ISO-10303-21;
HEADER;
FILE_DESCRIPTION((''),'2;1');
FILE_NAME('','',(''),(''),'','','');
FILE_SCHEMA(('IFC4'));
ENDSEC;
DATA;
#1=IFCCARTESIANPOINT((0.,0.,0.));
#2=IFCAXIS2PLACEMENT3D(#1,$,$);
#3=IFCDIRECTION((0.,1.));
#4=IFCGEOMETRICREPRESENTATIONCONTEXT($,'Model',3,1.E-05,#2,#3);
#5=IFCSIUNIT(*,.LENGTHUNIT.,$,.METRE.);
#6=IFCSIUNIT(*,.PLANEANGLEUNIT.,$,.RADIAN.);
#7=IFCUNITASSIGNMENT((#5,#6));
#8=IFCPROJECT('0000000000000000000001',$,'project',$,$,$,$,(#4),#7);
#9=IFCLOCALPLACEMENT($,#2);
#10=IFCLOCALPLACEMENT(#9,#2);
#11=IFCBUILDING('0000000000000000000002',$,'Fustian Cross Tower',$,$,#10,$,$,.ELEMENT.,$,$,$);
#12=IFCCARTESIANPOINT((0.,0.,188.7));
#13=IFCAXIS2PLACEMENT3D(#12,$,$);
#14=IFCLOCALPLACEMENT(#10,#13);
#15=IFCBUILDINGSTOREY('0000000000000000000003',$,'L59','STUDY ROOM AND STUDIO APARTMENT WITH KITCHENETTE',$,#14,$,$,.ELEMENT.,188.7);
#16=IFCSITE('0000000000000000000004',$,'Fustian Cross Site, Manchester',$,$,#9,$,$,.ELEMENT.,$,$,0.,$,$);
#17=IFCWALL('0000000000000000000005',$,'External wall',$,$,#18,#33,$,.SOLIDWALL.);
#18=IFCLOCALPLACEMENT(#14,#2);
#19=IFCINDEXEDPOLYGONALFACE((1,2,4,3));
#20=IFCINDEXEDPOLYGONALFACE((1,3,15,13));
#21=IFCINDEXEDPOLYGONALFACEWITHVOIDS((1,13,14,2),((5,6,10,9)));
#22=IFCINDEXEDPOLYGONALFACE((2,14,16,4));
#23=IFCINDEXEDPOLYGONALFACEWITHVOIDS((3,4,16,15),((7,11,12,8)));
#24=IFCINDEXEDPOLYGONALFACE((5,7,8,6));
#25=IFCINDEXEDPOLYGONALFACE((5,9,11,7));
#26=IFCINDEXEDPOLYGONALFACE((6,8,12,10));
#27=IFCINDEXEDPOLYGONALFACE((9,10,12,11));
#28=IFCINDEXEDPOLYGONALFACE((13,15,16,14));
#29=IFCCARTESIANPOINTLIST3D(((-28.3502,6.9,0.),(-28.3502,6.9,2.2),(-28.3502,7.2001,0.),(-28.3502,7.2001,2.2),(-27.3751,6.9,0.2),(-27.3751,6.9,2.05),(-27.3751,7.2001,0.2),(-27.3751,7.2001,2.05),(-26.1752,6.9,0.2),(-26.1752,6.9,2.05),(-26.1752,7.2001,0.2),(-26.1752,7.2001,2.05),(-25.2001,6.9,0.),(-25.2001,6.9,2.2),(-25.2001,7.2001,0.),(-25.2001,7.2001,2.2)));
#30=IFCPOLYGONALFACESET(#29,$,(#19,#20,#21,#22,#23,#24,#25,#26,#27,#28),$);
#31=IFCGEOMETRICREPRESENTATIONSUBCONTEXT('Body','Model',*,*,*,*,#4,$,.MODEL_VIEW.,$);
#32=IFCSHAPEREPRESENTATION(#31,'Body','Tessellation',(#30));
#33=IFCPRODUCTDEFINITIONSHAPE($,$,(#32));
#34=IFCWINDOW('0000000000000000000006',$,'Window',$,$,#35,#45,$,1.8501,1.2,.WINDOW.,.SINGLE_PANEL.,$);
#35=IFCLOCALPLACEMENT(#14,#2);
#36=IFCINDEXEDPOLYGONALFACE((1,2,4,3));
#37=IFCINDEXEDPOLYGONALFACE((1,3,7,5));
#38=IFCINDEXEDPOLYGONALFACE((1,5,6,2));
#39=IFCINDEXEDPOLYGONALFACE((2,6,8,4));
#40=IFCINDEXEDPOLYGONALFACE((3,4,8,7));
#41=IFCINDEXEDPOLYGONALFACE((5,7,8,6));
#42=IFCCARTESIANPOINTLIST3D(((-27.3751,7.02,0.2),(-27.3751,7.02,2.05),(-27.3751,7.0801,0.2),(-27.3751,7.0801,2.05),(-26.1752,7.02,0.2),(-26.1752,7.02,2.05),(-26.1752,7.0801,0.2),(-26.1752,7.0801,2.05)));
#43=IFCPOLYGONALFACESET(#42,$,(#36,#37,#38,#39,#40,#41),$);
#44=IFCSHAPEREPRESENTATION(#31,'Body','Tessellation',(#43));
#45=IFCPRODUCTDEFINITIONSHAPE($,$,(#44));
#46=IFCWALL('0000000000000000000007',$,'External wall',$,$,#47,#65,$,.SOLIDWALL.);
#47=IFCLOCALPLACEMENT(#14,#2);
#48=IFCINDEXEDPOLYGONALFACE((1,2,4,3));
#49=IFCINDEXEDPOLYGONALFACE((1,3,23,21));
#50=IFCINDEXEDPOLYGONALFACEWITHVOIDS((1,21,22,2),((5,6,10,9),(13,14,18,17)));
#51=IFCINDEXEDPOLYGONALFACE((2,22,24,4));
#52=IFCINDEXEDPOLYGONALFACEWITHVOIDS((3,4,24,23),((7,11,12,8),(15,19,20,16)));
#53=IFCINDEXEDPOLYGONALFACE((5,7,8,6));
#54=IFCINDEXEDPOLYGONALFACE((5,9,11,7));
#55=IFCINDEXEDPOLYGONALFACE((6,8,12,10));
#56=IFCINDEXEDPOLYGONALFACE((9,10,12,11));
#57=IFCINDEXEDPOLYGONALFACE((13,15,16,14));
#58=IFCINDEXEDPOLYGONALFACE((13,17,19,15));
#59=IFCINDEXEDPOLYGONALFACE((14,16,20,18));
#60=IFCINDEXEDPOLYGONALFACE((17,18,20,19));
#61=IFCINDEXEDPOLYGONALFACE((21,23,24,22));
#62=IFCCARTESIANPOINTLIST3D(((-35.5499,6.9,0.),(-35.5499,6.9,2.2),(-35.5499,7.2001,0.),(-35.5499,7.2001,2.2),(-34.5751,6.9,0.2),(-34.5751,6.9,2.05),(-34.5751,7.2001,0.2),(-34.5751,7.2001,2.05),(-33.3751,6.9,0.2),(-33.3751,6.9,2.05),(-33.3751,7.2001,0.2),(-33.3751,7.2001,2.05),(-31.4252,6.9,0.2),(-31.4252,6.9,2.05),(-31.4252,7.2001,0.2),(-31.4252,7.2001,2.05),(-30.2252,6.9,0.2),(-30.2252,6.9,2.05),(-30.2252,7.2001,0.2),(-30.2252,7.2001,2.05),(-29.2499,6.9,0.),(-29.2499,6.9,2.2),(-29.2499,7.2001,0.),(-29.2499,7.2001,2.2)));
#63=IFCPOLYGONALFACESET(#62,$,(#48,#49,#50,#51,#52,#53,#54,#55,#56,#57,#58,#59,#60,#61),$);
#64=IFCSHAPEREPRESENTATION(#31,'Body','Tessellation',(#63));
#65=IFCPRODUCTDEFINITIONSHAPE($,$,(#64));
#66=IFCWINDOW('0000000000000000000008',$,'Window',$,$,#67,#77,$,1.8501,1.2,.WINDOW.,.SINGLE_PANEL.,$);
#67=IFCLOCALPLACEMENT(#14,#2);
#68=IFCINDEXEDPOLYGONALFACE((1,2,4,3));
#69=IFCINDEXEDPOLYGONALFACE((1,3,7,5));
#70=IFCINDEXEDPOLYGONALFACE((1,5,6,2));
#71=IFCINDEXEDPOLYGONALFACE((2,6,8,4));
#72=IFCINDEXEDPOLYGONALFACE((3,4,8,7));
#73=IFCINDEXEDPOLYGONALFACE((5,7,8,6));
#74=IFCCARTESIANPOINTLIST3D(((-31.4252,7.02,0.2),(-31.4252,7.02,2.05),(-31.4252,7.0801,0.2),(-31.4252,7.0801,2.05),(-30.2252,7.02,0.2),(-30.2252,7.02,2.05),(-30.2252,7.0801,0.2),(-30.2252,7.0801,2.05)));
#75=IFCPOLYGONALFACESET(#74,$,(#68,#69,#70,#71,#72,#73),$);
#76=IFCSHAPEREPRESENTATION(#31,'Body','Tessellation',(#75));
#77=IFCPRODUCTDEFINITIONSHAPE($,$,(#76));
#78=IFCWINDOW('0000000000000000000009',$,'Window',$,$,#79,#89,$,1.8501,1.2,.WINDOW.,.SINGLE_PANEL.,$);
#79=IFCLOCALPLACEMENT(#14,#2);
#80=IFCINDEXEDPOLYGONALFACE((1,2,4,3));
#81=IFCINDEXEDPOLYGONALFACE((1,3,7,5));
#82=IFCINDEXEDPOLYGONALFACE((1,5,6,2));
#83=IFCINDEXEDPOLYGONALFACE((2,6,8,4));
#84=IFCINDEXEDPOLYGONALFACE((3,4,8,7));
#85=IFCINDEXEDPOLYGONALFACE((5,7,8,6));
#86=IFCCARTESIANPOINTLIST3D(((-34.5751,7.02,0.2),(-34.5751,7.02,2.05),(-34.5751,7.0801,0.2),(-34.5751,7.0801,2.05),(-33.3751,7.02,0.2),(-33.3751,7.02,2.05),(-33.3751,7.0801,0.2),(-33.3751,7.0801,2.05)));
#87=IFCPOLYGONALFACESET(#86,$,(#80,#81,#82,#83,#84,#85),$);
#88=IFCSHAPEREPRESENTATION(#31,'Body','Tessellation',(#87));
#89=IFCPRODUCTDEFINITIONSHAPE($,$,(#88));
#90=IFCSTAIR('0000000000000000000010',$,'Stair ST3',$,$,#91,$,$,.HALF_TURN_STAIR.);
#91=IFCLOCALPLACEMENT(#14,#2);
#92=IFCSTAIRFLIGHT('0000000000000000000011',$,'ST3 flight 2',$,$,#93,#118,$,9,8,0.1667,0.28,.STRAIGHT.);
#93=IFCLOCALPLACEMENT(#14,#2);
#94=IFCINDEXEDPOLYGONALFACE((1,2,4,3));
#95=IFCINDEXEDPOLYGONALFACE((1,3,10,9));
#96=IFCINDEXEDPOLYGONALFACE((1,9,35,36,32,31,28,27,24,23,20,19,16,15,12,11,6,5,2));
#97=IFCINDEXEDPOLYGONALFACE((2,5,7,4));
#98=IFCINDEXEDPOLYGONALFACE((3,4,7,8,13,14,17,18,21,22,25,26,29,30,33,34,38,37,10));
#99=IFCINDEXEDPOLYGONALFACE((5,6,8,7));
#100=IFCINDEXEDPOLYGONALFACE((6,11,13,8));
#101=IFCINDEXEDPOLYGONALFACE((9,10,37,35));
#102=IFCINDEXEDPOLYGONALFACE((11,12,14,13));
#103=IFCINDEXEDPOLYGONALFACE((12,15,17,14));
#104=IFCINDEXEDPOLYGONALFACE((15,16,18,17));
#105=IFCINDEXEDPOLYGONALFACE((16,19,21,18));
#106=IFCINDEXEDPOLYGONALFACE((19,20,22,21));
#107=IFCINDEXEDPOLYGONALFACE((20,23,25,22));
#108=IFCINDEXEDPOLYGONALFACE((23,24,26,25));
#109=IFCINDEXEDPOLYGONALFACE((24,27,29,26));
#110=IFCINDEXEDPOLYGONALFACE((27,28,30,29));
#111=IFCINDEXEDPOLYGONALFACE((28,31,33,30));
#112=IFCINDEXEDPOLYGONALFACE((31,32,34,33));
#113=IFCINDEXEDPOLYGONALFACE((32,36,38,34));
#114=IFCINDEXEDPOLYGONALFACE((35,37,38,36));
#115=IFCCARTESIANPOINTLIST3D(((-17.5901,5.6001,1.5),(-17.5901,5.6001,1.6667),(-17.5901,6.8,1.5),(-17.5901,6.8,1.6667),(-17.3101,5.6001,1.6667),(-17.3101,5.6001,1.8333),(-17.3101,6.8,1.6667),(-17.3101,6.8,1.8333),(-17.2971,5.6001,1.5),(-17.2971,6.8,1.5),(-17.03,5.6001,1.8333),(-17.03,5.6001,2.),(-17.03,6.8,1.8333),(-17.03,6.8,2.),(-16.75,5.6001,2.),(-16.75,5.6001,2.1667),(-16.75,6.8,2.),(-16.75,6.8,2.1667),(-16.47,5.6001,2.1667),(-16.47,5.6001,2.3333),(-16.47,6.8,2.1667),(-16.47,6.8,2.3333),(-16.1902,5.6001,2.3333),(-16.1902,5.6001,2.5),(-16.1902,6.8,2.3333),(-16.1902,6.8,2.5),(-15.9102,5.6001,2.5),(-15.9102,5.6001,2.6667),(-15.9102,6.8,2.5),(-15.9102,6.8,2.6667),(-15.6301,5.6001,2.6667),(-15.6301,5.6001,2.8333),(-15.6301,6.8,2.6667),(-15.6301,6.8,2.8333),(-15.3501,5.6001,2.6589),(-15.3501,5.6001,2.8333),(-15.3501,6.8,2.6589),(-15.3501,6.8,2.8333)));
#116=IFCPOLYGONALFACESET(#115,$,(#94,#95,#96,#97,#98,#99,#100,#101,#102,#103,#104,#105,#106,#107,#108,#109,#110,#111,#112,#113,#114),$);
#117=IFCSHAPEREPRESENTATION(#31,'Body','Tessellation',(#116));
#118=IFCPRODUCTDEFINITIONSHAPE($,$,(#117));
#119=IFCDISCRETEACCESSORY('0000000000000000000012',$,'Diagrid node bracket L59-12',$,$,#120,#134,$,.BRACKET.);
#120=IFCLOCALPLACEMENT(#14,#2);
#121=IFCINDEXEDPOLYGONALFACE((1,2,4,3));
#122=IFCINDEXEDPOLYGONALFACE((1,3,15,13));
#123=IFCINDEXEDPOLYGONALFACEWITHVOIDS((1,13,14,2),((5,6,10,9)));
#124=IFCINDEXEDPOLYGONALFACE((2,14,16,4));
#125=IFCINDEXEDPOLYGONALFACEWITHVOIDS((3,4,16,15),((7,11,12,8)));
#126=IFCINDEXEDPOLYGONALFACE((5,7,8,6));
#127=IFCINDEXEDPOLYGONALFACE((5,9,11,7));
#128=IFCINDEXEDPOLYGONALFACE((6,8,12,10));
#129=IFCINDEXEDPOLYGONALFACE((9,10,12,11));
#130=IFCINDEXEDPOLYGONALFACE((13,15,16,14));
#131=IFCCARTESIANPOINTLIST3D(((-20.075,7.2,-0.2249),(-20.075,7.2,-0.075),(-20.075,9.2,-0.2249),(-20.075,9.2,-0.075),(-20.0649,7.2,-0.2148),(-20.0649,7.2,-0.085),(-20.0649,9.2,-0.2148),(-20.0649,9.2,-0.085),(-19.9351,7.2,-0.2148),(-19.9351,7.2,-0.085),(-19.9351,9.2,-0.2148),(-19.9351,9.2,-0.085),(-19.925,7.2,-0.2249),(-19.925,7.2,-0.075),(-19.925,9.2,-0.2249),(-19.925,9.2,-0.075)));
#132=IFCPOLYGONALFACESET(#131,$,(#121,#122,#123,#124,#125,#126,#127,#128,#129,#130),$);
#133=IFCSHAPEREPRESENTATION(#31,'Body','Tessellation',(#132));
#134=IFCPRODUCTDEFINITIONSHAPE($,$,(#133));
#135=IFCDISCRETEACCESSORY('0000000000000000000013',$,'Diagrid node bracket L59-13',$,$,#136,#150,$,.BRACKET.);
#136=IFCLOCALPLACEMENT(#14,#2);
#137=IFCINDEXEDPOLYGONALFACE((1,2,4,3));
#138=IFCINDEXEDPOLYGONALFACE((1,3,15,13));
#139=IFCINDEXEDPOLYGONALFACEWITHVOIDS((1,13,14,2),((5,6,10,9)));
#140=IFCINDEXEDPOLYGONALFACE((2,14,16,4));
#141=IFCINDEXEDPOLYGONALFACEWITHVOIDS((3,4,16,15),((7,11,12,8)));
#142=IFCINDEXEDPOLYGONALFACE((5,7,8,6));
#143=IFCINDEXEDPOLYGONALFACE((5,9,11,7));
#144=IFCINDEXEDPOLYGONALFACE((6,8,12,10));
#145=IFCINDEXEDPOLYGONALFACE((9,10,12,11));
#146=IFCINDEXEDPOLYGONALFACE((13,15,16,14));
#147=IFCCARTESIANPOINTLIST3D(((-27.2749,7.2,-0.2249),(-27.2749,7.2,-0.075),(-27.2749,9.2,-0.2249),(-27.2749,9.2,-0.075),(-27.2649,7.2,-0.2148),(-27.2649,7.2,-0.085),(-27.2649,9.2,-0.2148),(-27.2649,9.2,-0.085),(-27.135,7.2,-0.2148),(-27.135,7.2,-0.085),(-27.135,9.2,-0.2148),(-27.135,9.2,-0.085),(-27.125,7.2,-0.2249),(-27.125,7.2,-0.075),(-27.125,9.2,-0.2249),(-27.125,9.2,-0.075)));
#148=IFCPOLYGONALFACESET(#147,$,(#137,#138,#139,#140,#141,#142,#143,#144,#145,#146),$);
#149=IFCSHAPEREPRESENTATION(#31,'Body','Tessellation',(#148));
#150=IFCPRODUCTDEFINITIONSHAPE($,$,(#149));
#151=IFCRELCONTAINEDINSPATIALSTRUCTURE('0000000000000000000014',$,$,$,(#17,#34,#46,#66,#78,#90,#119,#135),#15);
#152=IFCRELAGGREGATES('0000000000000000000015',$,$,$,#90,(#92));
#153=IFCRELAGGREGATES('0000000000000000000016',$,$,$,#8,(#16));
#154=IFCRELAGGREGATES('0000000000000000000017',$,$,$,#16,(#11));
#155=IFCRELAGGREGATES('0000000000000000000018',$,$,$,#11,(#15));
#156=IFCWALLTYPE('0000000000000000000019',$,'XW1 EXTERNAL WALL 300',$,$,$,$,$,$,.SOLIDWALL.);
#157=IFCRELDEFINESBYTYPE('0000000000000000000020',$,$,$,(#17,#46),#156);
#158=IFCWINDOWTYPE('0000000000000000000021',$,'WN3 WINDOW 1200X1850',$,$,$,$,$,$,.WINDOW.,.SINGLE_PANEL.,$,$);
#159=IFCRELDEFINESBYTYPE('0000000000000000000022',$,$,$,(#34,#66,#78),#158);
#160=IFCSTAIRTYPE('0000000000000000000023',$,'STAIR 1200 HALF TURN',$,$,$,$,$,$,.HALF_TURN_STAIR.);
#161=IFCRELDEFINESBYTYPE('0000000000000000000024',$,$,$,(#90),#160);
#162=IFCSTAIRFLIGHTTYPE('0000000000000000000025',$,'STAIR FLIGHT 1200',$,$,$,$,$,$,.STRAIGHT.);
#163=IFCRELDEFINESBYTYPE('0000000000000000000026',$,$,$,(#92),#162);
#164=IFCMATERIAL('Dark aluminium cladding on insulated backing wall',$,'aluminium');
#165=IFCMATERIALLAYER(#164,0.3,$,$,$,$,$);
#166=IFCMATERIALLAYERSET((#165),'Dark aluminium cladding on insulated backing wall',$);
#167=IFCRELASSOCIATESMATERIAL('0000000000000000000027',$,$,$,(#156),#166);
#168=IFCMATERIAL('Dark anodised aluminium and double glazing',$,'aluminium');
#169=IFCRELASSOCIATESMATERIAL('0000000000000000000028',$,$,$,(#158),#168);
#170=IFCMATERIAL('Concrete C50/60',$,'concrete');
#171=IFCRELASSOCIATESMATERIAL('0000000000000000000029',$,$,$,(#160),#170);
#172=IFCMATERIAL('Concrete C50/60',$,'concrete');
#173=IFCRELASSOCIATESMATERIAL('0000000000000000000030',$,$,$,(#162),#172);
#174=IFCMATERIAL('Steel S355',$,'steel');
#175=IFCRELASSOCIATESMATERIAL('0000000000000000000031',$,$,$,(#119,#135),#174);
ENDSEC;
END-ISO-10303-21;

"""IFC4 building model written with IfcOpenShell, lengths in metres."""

from ifc_helpers import new_model, si_unit, direction, frame, frame_2d, origin, origin_2d, place, context, subcontext, project, spatial, polyline, rectangle, hollow_rectangle, outline, extrude, material, layer, layer_set, type_object, element, fill, aggregate, save


model = new_model("IFC4")

# Units and contexts
model_context = context("Model", 3, precision=1e-05, world=origin(), true_north=direction((0.0, 1.0)))
body_context = subcontext(model_context, "Body", "Model", "MODEL_VIEW")
ifc_project = project(units=[si_unit("LENGTHUNIT", "METRE"), si_unit("PLANEANGLEUNIT", "RADIAN")], contexts=[model_context])

# Site, building, storey
site_placement = place(None, origin())
site = spatial("IfcSite", under=ifc_project, at=site_placement, Name="Fustian Cross Site, Manchester", CompositionType="ELEMENT", RefElevation=0.0)
building_placement = place(site_placement, origin())
building = spatial("IfcBuilding", under=site, at=building_placement, Name="Fustian Cross Tower", CompositionType="ELEMENT")
storey_placement = place(building_placement, frame((0.0, 0.0, 188.7)))
storey = spatial("IfcBuildingStorey", under=building, at=storey_placement, Name="L59", Description="STUDY ROOM AND STUDIO APARTMENT WITH KITCHENETTE", CompositionType="ELEMENT", Elevation=188.7)

# Wall, opening, window
ifc_material_1 = material(Name="Dark aluminium cladding on insulated backing wall", Category="aluminium")
ifc_layer_1 = layer(ifc_material_1, 0.3)
ifc_layer_set_1 = layer_set([ifc_layer_1], Name="Dark aluminium cladding on insulated backing wall")
wall_type_1 = type_object("IfcWallType", Name="XW1 EXTERNAL WALL 300", PredefinedType="SOLIDWALL", material=ifc_layer_set_1)
ifc_material_2 = material(Name="Dark anodised aluminium and double glazing", Category="aluminium")
window_type = type_object("IfcWindowType", Name="WN3 WINDOW 1200X1850", PartitioningType="SINGLE_PANEL", PredefinedType="WINDOW", material=ifc_material_2)
wall_1_placement = place(storey_placement, frame((-25.2, 7.05, 0.0), z_axis=(0.0, 0.0, 1.0), x_axis=(-1.0, 0.0, 0.0)))
wall_1 = element("IfcWall", 1, at=wall_1_placement, inside=storey, type_object=wall_type_1, Name="External wall", PredefinedType="SOLIDWALL", context=body_context, shape_type="SweptSolid", body=[
    extrude(rectangle(XDim=3.1501, YDim=0.3, at=frame_2d((1.5752, 0.0))), origin(), (0.0, 0.0, 1.0), 2.2),
])
opening_1_placement = place(wall_1_placement, frame((0.9751, 0.0, 0.2)))
opening_1 = element("IfcOpeningElement", 2, at=opening_1_placement, cuts=wall_1, PredefinedType="OPENING", context=body_context, shape_type="SweptSolid", body=[
    extrude(rectangle(XDim=1.2, YDim=1.8501, at=frame_2d((0.6001, 0.925))), frame((0.0, 0.1599, 0.0), z_axis=(0.0, -1.0, 0.0), x_axis=(1.0, 0.0, 0.0)), (0.0, 0.0, 1.0), 0.3201),
])
window_1_placement = place(opening_1_placement, origin())
window_1 = element("IfcWindow", 3, at=window_1_placement, inside=storey, type_object=window_type, Name="Window", OverallHeight=1.8501, OverallWidth=1.2, PartitioningType="SINGLE_PANEL", PredefinedType="WINDOW", context=body_context, shape_type="SweptSolid", body=[
    extrude(rectangle(XDim=1.2, YDim=1.8501, at=frame_2d((0.6001, 0.925))), frame((0.0, 0.03, 0.0), z_axis=(0.0, -1.0, 0.0), x_axis=(1.0, 0.0, 0.0)), (0.0, 0.0, 1.0), 0.0601),
])
fill(opening_1, window_1)

# Wall, openings, windows
wall_2_placement = place(storey_placement, frame((-29.25, 7.05, 0.0), z_axis=(0.0, 0.0, 1.0), x_axis=(-1.0, 0.0, 0.0)))
wall_2 = element("IfcWall", 4, at=wall_2_placement, inside=storey, type_object=wall_type_1, Name="External wall", PredefinedType="SOLIDWALL", context=body_context, shape_type="SweptSolid", body=[
    extrude(rectangle(XDim=6.3, YDim=0.3, at=frame_2d((3.1499, 0.0))), origin(), (0.0, 0.0, 1.0), 2.2),
])
opening_2_placement = place(wall_2_placement, frame((0.9751, 0.0, 0.2)))
opening_2 = element("IfcOpeningElement", 5, at=opening_2_placement, cuts=wall_2, PredefinedType="OPENING", context=body_context, shape_type="SweptSolid", body=[
    extrude(rectangle(XDim=1.2, YDim=1.8501, at=frame_2d((0.6001, 0.925))), frame((0.0, 0.1599, 0.0), z_axis=(0.0, -1.0, 0.0), x_axis=(1.0, 0.0, 0.0)), (0.0, 0.0, 1.0), 0.3201),
])
opening_3_placement = place(wall_2_placement, frame((4.125, 0.0, 0.2)))
opening_3 = element("IfcOpeningElement", 6, at=opening_3_placement, cuts=wall_2, PredefinedType="OPENING", context=body_context, shape_type="SweptSolid", body=[
    extrude(rectangle(XDim=1.2, YDim=1.8501, at=frame_2d((0.6001, 0.925))), frame((0.0, 0.1599, 0.0), z_axis=(0.0, -1.0, 0.0), x_axis=(1.0, 0.0, 0.0)), (0.0, 0.0, 1.0), 0.3201),
])
window_2_placement = place(opening_2_placement, origin())
window_2 = element("IfcWindow", 7, at=window_2_placement, inside=storey, type_object=window_type, Name="Window", OverallHeight=1.8501, OverallWidth=1.2, PartitioningType="SINGLE_PANEL", PredefinedType="WINDOW", context=body_context, shape_type="SweptSolid", body=[
    extrude(rectangle(XDim=1.2, YDim=1.8501, at=frame_2d((0.6001, 0.925))), frame((0.0, 0.03, 0.0), z_axis=(0.0, -1.0, 0.0), x_axis=(1.0, 0.0, 0.0)), (0.0, 0.0, 1.0), 0.0601),
])
fill(opening_2, window_2)
window_3_placement = place(opening_3_placement, origin())
window_3 = element("IfcWindow", 8, at=window_3_placement, inside=storey, type_object=window_type, Name="Window", OverallHeight=1.8501, OverallWidth=1.2, PartitioningType="SINGLE_PANEL", PredefinedType="WINDOW", context=body_context, shape_type="SweptSolid", body=[
    extrude(rectangle(XDim=1.2, YDim=1.8501, at=frame_2d((0.6001, 0.925))), frame((0.0, 0.03, 0.0), z_axis=(0.0, -1.0, 0.0), x_axis=(1.0, 0.0, 0.0)), (0.0, 0.0, 1.0), 0.0601),
])
fill(opening_3, window_3)

# Stair, stair flight
ifc_material_3 = material(Name="Concrete C50/60", Category="concrete")
stair_type = type_object("IfcStairType", Name="STAIR 1200 HALF TURN", PredefinedType="HALF_TURN_STAIR", material=ifc_material_3)
stair_placement = place(storey_placement, origin())
stair = element("IfcStair", 9, at=stair_placement, inside=storey, type_object=stair_type, Name="Stair ST3", PredefinedType="HALF_TURN_STAIR")
ifc_material_4 = material(Name="Concrete C50/60", Category="concrete")
stair_flight_type = type_object("IfcStairFlightType", Name="STAIR FLIGHT 1200", PredefinedType="STRAIGHT", material=ifc_material_4)
stair_flight_placement = place(storey_placement, frame((-17.5901, 6.2, 1.5), z_axis=(0.0, 0.0, 1.0), x_axis=(1.0, 0.0, 0.0)))
stair_flight = element("IfcStairFlight", 10, at=stair_flight_placement, type_object=stair_flight_type, Name="ST3 flight 2", NumberOfRisers=9, NumberOfTreads=8, PredefinedType="STRAIGHT", RiserHeight=0.1667, TreadLength=0.28, context=body_context, shape_type="SweptSolid", body=[
    extrude(outline(polyline([(0.0, 0.0), (0.0, 0.1667), (0.28, 0.1667), (0.28, 0.3333), (0.5601, 0.3333), (0.5601, 0.5), (0.8401, 0.5), (0.8401, 0.6667), (1.1201, 0.6667), (1.1201, 0.8333), (1.3999, 0.8333), (1.3999, 1.0), (1.6799, 1.0), (1.6799, 1.1667), (1.96, 1.1667), (1.96, 1.3333), (2.24, 1.3333), (2.24, 1.5), (2.24, 1.1589), (0.293, 0.0), (0.0, 0.0)])), frame((0.0, 0.6001, 0.0), z_axis=(0.0, -1.0, 0.0), x_axis=(1.0, 0.0, 0.0)), (0.0, 0.0, 1.0), 1.2),
])
aggregate(stair, [stair_flight])

# Discrete accessories
ifc_material_5 = material(Name="Steel S355", Category="steel")
for number, where, z_axis, x_axis, name in (
    (11, (-20.0, 9.2, -0.1499), (0.0, -1.0, 0.0), (1.0, 0.0, 0.0), "Diagrid node bracket L59-12"),
    (12, (-27.2, 9.2, -0.1499), (0.0, -1.0, 0.0), (1.0, 0.0, 0.0), "Diagrid node bracket L59-13"),
):
    element("IfcDiscreteAccessory", number, at=place(storey_placement, frame(where, z_axis=z_axis, x_axis=x_axis)), inside=storey, material=ifc_material_5, Name=name, PredefinedType="BRACKET", context=body_context, shape_type="SweptSolid", body=[
        extrude(hollow_rectangle(XDim=0.1499, YDim=0.1499, WallThickness=0.01, at=origin_2d()), origin(), (0.0, 0.0, 1.0), 2.0),
    ])

save(model, "model.ifc")
